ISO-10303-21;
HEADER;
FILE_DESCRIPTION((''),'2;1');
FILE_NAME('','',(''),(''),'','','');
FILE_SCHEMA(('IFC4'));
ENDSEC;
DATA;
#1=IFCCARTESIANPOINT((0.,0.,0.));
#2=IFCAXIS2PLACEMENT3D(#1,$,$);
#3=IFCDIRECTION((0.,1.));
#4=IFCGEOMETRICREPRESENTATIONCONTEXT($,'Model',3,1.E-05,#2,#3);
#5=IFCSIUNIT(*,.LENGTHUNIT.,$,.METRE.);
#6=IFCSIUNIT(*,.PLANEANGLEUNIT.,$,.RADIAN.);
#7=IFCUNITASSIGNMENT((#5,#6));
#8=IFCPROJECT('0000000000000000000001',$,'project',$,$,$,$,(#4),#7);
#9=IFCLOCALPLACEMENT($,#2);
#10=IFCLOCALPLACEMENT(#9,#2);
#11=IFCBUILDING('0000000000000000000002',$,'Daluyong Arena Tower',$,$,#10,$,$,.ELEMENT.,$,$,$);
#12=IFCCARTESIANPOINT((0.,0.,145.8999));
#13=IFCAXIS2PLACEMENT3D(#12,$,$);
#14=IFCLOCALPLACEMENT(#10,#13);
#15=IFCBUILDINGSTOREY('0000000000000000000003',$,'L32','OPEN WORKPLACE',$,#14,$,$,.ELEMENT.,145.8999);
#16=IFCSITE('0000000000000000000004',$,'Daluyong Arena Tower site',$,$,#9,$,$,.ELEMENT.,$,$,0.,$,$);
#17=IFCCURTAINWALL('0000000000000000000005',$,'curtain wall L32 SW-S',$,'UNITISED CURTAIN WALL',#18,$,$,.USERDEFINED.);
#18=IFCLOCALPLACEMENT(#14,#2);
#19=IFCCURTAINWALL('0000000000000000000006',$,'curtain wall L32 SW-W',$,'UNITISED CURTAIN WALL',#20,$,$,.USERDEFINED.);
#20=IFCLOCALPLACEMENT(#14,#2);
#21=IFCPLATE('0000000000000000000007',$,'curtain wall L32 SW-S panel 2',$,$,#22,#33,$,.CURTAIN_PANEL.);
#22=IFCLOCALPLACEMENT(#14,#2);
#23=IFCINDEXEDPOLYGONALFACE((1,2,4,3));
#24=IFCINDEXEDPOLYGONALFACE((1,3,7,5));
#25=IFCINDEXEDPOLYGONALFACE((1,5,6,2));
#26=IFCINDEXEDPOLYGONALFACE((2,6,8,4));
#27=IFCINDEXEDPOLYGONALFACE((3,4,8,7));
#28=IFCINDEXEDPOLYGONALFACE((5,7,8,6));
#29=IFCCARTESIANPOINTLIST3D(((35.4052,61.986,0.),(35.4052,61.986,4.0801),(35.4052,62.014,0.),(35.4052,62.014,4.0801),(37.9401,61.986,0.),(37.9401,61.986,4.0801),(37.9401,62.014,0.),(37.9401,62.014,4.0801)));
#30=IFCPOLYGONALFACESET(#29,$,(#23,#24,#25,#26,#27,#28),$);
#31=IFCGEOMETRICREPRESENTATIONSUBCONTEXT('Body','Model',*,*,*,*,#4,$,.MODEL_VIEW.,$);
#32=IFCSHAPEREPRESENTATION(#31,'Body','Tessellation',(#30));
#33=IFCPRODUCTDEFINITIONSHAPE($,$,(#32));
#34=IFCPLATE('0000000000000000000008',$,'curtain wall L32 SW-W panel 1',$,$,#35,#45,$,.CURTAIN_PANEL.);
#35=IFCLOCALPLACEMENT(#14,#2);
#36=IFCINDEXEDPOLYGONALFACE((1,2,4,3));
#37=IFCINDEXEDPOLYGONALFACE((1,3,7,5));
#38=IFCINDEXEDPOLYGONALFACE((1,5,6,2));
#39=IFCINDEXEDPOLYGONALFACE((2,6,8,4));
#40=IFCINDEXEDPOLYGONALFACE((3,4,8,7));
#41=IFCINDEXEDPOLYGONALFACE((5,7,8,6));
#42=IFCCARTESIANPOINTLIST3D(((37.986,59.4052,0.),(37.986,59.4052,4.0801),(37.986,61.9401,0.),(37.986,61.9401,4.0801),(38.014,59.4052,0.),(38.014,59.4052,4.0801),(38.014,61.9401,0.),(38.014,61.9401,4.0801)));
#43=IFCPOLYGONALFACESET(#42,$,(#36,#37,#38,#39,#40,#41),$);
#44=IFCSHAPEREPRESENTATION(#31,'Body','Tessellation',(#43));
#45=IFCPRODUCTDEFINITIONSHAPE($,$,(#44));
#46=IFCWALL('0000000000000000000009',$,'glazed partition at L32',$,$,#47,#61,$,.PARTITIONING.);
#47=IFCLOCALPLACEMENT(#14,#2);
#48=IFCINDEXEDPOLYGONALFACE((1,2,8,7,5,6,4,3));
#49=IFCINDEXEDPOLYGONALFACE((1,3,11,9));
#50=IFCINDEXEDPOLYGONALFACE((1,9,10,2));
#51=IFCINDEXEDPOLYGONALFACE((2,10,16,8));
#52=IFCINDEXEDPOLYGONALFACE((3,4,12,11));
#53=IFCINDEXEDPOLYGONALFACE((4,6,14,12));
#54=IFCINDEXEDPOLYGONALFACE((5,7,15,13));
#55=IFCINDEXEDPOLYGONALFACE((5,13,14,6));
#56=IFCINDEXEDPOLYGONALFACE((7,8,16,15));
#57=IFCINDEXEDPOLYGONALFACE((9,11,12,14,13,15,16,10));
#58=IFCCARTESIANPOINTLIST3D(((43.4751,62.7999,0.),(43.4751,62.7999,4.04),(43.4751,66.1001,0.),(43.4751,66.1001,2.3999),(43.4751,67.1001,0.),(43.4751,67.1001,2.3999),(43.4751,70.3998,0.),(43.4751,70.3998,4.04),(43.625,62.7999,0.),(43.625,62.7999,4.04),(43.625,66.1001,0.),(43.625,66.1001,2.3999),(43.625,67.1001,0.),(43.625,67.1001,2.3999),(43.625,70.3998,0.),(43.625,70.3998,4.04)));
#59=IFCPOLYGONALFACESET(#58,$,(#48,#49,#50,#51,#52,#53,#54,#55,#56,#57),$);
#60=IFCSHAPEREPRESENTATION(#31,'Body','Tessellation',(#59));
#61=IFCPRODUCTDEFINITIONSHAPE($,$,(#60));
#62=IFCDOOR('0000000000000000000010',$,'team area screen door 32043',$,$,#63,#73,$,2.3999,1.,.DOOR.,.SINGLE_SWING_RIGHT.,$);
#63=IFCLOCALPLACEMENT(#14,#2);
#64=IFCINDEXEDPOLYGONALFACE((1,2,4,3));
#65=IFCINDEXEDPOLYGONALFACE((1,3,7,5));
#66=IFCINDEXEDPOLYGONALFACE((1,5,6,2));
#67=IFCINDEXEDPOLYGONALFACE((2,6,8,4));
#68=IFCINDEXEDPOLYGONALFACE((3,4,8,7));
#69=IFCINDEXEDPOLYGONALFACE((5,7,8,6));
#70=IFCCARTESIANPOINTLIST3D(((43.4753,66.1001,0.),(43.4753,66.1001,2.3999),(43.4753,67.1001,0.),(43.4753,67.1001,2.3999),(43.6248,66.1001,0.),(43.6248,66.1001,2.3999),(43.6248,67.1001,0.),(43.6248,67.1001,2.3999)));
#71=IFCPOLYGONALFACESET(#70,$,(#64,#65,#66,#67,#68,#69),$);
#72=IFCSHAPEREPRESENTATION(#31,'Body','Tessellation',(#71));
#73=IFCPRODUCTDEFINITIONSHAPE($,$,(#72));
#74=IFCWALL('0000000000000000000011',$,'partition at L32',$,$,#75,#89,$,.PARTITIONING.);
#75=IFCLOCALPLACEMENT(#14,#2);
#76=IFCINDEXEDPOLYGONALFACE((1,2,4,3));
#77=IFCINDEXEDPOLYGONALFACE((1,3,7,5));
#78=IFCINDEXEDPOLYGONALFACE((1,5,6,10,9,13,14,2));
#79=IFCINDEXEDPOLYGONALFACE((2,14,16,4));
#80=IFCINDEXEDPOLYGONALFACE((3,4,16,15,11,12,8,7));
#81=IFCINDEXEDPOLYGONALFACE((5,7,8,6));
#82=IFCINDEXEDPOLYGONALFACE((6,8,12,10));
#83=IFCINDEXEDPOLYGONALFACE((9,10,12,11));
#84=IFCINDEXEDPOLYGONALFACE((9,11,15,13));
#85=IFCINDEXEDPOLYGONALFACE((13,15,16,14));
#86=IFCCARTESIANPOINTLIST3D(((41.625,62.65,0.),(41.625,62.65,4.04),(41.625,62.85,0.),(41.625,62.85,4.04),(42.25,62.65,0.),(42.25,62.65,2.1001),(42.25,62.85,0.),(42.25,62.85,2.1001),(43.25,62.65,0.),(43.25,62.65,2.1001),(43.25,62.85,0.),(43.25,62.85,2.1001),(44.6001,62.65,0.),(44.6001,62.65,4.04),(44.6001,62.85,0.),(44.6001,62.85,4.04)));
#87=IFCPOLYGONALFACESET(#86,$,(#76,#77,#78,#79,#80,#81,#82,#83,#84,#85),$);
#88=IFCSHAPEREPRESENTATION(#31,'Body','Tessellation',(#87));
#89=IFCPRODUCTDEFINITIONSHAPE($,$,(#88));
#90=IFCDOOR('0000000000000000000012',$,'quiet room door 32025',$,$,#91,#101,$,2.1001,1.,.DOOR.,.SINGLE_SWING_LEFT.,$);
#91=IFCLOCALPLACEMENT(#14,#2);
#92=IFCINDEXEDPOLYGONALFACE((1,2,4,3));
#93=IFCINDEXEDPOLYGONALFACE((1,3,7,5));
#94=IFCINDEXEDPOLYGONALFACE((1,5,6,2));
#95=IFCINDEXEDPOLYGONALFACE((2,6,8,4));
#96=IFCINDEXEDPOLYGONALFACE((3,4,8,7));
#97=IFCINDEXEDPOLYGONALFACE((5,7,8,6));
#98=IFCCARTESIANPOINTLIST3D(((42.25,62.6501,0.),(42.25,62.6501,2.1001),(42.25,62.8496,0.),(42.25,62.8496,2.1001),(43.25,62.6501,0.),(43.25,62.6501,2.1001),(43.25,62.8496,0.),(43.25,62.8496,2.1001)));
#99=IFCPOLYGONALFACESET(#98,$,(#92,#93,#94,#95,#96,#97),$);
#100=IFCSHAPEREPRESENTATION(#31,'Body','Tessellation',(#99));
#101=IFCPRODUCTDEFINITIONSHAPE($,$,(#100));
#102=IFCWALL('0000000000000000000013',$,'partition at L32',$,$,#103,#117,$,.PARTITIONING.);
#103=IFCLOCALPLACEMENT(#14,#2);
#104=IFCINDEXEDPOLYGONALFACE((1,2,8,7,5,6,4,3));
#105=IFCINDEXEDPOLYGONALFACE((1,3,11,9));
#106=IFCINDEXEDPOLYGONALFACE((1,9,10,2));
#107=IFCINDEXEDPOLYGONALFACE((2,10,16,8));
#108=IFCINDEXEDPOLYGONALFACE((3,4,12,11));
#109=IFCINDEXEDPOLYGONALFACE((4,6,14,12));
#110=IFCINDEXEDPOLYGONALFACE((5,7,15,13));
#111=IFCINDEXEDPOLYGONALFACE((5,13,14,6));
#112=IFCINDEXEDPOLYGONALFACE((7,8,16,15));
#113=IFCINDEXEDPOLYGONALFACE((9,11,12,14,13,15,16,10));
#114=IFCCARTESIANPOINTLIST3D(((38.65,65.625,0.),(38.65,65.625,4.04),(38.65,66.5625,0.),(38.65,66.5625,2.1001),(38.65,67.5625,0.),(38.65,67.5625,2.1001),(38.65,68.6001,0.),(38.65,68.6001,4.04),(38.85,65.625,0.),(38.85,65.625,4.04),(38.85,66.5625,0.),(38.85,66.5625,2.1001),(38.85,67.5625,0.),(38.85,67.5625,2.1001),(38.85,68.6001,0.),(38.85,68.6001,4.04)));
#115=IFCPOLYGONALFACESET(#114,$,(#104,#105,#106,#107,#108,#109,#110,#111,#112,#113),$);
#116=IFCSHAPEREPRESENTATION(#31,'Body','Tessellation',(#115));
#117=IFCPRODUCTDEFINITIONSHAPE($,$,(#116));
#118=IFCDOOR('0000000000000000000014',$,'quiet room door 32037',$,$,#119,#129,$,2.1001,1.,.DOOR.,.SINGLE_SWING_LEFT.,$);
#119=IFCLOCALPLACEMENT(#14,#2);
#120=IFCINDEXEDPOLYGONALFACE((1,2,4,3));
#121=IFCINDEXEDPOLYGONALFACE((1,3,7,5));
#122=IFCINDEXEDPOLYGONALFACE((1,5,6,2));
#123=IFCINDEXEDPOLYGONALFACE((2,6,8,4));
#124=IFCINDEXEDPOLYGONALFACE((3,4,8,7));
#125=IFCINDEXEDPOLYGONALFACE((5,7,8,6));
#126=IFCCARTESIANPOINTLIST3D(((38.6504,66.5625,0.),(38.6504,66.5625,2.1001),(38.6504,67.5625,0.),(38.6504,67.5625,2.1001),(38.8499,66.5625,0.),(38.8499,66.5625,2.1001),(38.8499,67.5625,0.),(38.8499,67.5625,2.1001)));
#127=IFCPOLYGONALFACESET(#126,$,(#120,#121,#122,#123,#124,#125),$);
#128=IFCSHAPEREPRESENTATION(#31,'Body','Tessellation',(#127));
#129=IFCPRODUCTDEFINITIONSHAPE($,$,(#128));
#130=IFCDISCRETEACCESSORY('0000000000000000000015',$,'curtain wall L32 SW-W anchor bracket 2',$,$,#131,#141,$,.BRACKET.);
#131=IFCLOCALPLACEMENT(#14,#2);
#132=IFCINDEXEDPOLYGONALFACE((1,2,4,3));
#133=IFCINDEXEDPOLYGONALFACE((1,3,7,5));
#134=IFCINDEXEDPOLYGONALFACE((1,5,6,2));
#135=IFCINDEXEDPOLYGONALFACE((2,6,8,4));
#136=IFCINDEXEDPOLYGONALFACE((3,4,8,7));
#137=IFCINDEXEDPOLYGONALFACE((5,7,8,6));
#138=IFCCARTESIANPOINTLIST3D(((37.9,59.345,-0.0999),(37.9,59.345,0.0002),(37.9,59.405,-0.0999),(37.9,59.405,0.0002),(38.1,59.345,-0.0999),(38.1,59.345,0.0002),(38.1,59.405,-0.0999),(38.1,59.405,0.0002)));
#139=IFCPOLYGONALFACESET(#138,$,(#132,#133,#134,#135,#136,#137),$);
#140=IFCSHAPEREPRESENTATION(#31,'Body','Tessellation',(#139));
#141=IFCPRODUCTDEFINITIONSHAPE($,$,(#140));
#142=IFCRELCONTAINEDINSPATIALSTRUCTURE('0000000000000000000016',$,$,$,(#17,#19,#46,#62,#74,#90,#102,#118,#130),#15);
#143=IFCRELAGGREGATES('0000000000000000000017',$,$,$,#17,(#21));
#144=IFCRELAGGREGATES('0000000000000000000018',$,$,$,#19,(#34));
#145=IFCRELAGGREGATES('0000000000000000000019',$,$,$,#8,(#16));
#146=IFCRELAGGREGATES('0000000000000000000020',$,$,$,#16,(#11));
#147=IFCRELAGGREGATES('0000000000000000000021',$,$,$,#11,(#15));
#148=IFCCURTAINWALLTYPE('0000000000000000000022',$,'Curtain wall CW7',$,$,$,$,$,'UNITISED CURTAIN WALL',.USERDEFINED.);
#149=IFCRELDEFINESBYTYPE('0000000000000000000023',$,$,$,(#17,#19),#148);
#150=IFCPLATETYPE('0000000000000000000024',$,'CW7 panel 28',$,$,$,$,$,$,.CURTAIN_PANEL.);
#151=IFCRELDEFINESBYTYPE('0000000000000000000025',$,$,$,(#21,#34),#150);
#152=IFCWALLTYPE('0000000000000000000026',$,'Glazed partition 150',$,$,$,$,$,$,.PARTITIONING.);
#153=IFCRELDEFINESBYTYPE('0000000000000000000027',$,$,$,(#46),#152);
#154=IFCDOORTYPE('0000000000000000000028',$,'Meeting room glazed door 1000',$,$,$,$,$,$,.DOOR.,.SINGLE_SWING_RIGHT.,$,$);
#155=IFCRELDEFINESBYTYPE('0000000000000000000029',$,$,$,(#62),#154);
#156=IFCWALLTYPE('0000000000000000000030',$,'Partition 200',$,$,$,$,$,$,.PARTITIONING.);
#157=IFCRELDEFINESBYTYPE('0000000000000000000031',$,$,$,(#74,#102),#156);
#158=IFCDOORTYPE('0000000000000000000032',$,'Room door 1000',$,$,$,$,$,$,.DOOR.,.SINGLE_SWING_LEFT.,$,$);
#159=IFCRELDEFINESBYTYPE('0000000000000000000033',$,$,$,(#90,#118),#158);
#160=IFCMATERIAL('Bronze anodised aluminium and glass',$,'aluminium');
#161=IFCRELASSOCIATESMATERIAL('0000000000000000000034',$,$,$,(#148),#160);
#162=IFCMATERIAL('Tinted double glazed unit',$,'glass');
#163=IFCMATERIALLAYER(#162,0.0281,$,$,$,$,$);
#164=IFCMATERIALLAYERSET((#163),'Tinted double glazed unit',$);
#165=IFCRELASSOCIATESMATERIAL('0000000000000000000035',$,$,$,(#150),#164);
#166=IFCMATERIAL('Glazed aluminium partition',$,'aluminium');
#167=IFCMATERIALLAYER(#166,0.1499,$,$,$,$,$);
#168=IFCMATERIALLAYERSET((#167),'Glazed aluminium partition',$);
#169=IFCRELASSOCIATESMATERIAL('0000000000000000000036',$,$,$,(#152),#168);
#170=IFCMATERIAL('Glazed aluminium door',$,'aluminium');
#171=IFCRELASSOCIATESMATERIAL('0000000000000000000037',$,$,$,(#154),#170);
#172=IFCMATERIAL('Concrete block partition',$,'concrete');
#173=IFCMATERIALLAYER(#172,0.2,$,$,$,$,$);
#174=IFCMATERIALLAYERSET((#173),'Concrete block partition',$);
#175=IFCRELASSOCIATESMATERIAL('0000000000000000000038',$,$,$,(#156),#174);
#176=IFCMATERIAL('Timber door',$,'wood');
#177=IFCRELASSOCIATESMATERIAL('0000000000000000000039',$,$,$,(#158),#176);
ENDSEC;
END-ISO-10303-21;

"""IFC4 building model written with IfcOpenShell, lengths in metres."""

from ifc_helpers import new_model, si_unit, direction, frame, frame_2d, origin, origin_2d, place, context, subcontext, project, spatial, rectangle, extrude, material, layer, layer_set, type_object, element, fill, aggregate, save


model = new_model("IFC4")

# Units and contexts
model_context = context("Model", 3, precision=1e-05, world=origin(), true_north=direction((0.0, 1.0)))
body_context = subcontext(model_context, "Body", "Model", "MODEL_VIEW")
ifc_project = project(units=[si_unit("LENGTHUNIT", "METRE"), si_unit("PLANEANGLEUNIT", "RADIAN")], contexts=[model_context])

# Site, building, storey
site_placement = place(None, origin())
site = spatial("IfcSite", under=ifc_project, at=site_placement, Name="Daluyong Arena Tower site", CompositionType="ELEMENT", RefElevation=0.0)
building_placement = place(site_placement, origin())
building = spatial("IfcBuilding", under=site, at=building_placement, Name="Daluyong Arena Tower", CompositionType="ELEMENT")
storey_placement = place(building_placement, frame((0.0, 0.0, 145.8999)))
storey = spatial("IfcBuildingStorey", under=building, at=storey_placement, Name="L32", Description="OPEN WORKPLACE", CompositionType="ELEMENT", Elevation=145.8999)

# Curtain wall
ifc_material_1 = material(Name="Bronze anodised aluminium and glass", Category="aluminium")
curtain_wall_type = type_object("IfcCurtainWallType", Name="Curtain wall CW7", ElementType="UNITISED CURTAIN WALL", PredefinedType="USERDEFINED", material=ifc_material_1)
curtain_wall_1_placement = place(storey_placement, origin())
curtain_wall_1 = element("IfcCurtainWall", 1, at=curtain_wall_1_placement, inside=storey, type_object=curtain_wall_type, Name="curtain wall L32 SW-S", ObjectType="UNITISED CURTAIN WALL", PredefinedType="USERDEFINED")

# Curtain wall
curtain_wall_2_placement = place(storey_placement, origin())
curtain_wall_2 = element("IfcCurtainWall", 2, at=curtain_wall_2_placement, inside=storey, type_object=curtain_wall_type, Name="curtain wall L32 SW-W", ObjectType="UNITISED CURTAIN WALL", PredefinedType="USERDEFINED")

# Plates
ifc_material_2 = material(Name="Tinted double glazed unit", Category="glass")
ifc_layer_1 = layer(ifc_material_2, 0.0281)
ifc_layer_set_1 = layer_set([ifc_layer_1], Name="Tinted double glazed unit")
plate_type = type_object("IfcPlateType", Name="CW7 panel 28", PredefinedType="CURTAIN_PANEL", material=ifc_layer_set_1)
plate_1_placement = place(storey_placement, frame((36.6726, 62.0, 0.0), z_axis=(0.0, 0.0, 1.0), x_axis=(1.0, 0.0, 0.0)))
plate_1 = element("IfcPlate", 3, at=plate_1_placement, type_object=plate_type, Name="curtain wall L32 SW-S panel 2", PredefinedType="CURTAIN_PANEL", context=body_context, shape_type="SweptSolid", body=[
    extrude(rectangle(XDim=2.5349, YDim=0.0281, at=origin_2d()), origin(), (0.0, 0.0, 1.0), 4.0801),
])
aggregate(curtain_wall_1, [plate_1])
plate_2_placement = place(storey_placement, frame((38.0, 60.6726, 0.0), z_axis=(0.0, 0.0, 1.0), x_axis=(0.0, -1.0, 0.0)))
plate_2 = element("IfcPlate", 4, at=plate_2_placement, type_object=plate_type, Name="curtain wall L32 SW-W panel 1", PredefinedType="CURTAIN_PANEL", context=body_context, shape_type="SweptSolid", body=[
    extrude(rectangle(XDim=2.5349, YDim=0.0281, at=origin_2d()), origin(), (0.0, 0.0, 1.0), 4.0801),
])
aggregate(curtain_wall_2, [plate_2])

# Walls, openings, doors
ifc_material_3 = material(Name="Glazed aluminium partition", Category="aluminium")
ifc_layer_2 = layer(ifc_material_3, 0.1499)
ifc_layer_set_2 = layer_set([ifc_layer_2], Name="Glazed aluminium partition")
wall_type_1 = type_object("IfcWallType", Name="Glazed partition 150", PredefinedType="PARTITIONING", material=ifc_layer_set_2)
ifc_material_4 = material(Name="Glazed aluminium door", Category="aluminium")
door_type_1 = type_object("IfcDoorType", Name="Meeting room glazed door 1000", OperationType="SINGLE_SWING_RIGHT", PredefinedType="DOOR", material=ifc_material_4)
wall_1_placement = place(storey_placement, frame((43.55, 62.8, 0.0), z_axis=(0.0, 0.0, 1.0), x_axis=(0.0, 1.0, 0.0)))
wall_1 = element("IfcWall", 5, at=wall_1_placement, inside=storey, type_object=wall_type_1, Name="glazed partition at L32", PredefinedType="PARTITIONING", context=body_context, shape_type="SweptSolid", body=[
    extrude(rectangle(XDim=7.5999, YDim=0.1499, at=frame_2d((3.7998, 0.0))), origin(), (0.0, 0.0, 1.0), 4.04),
])
opening_1_placement = place(wall_1_placement, frame((3.3, 0.0, 0.0)))
opening_1 = element("IfcOpeningElement", 6, at=opening_1_placement, cuts=wall_1, PredefinedType="OPENING", context=body_context, shape_type="SweptSolid", body=[
    extrude(rectangle(XDim=1.0, YDim=2.3999, at=frame_2d((0.5, 1.2))), frame((0.0, 0.085, 0.0), z_axis=(0.0, -1.0, 0.0), x_axis=(1.0, 0.0, 0.0)), (0.0, 0.0, 1.0), 0.1699),
])
door_1_placement = place(opening_1_placement, origin())
door_1 = element("IfcDoor", 7, at=door_1_placement, inside=storey, type_object=door_type_1, Name="team area screen door 32043", OperationType="SINGLE_SWING_RIGHT", OverallHeight=2.3999, OverallWidth=1.0, PredefinedType="DOOR", context=body_context, shape_type="SweptSolid", body=[
    extrude(rectangle(XDim=1.0, YDim=2.3999, at=frame_2d((0.5, 1.2))), frame((0.0, 0.0747, 0.0), z_axis=(0.0, -1.0, 0.0), x_axis=(1.0, 0.0, 0.0)), (0.0, 0.0, 1.0), 0.1494),
])
fill(opening_1, door_1)
ifc_material_5 = material(Name="Concrete block partition", Category="concrete")
ifc_layer_3 = layer(ifc_material_5, 0.2)
ifc_layer_set_3 = layer_set([ifc_layer_3], Name="Concrete block partition")
wall_type_2 = type_object("IfcWallType", Name="Partition 200", PredefinedType="PARTITIONING", material=ifc_layer_set_3)
wall_2_placement = place(storey_placement, frame((41.625, 62.75, 0.0), z_axis=(0.0, 0.0, 1.0), x_axis=(1.0, 0.0, 0.0)))
wall_2 = element("IfcWall", 8, at=wall_2_placement, inside=storey, type_object=wall_type_2, Name="partition at L32", PredefinedType="PARTITIONING", context=body_context, shape_type="SweptSolid", body=[
    extrude(rectangle(XDim=2.9751, YDim=0.2, at=frame_2d((1.4875, 0.0))), origin(), (0.0, 0.0, 1.0), 4.04),
])
opening_2_placement = place(wall_2_placement, frame((0.625, 0.0, 0.0)))
opening_2 = element("IfcOpeningElement", 9, at=opening_2_placement, cuts=wall_2, PredefinedType="OPENING", context=body_context, shape_type="SweptSolid", body=[
    extrude(rectangle(XDim=1.0, YDim=2.1001, at=frame_2d((0.5, 1.05))), frame((0.0, 0.1099, 0.0), z_axis=(0.0, -1.0, 0.0), x_axis=(1.0, 0.0, 0.0)), (0.0, 0.0, 1.0), 0.22),
])
ifc_material_6 = material(Name="Timber door", Category="wood")
door_type_2 = type_object("IfcDoorType", Name="Room door 1000", OperationType="SINGLE_SWING_LEFT", PredefinedType="DOOR", material=ifc_material_6)
door_2_placement = place(opening_2_placement, origin())
door_2 = element("IfcDoor", 10, at=door_2_placement, inside=storey, type_object=door_type_2, Name="quiet room door 32025", OperationType="SINGLE_SWING_LEFT", OverallHeight=2.1001, OverallWidth=1.0, PredefinedType="DOOR", context=body_context, shape_type="SweptSolid", body=[
    extrude(rectangle(XDim=1.0, YDim=2.1001, at=frame_2d((0.5, 1.05))), frame((0.0, 0.0996, 0.0), z_axis=(0.0, -1.0, 0.0), x_axis=(1.0, 0.0, 0.0)), (0.0, 0.0, 1.0), 0.1995),
])
fill(opening_2, door_2)
wall_3_placement = place(storey_placement, frame((38.75, 65.625, 0.0), z_axis=(0.0, 0.0, 1.0), x_axis=(0.0, 1.0, 0.0)))
wall_3 = element("IfcWall", 11, at=wall_3_placement, inside=storey, type_object=wall_type_2, Name="partition at L32", PredefinedType="PARTITIONING", context=body_context, shape_type="SweptSolid", body=[
    extrude(rectangle(XDim=2.9751, YDim=0.2, at=frame_2d((1.4875, 0.0))), origin(), (0.0, 0.0, 1.0), 4.04),
])
opening_3_placement = place(wall_3_placement, frame((0.9375, 0.0, 0.0)))
opening_3 = element("IfcOpeningElement", 12, at=opening_3_placement, cuts=wall_3, PredefinedType="OPENING", context=body_context, shape_type="SweptSolid", body=[
    extrude(rectangle(XDim=1.0, YDim=2.1001, at=frame_2d((0.5, 1.05))), frame((0.0, 0.1099, 0.0), z_axis=(0.0, -1.0, 0.0), x_axis=(1.0, 0.0, 0.0)), (0.0, 0.0, 1.0), 0.22),
])
door_3_placement = place(opening_3_placement, origin())
door_3 = element("IfcDoor", 13, at=door_3_placement, inside=storey, type_object=door_type_2, Name="quiet room door 32037", OperationType="SINGLE_SWING_LEFT", OverallHeight=2.1001, OverallWidth=1.0, PredefinedType="DOOR", context=body_context, shape_type="SweptSolid", body=[
    extrude(rectangle(XDim=1.0, YDim=2.1001, at=frame_2d((0.5, 1.05))), frame((0.0, 0.0996, 0.0), z_axis=(0.0, -1.0, 0.0), x_axis=(1.0, 0.0, 0.0)), (0.0, 0.0, 1.0), 0.1995),
])
fill(opening_3, door_3)

# Discrete accessory
discrete_accessory_placement = place(storey_placement, frame((38.0, 59.375, -0.0999), z_axis=(0.0, 0.0, 1.0), x_axis=(0.0, -1.0, 0.0)))
element("IfcDiscreteAccessory", 14, at=discrete_accessory_placement, inside=storey, Name="curtain wall L32 SW-W anchor bracket 2", PredefinedType="BRACKET", context=body_context, shape_type="SweptSolid", body=[
    extrude(rectangle(XDim=0.0601, YDim=0.2, at=origin_2d()), origin(), (0.0, 0.0, 1.0), 0.1001),
])

save(model, "model.ifc")
